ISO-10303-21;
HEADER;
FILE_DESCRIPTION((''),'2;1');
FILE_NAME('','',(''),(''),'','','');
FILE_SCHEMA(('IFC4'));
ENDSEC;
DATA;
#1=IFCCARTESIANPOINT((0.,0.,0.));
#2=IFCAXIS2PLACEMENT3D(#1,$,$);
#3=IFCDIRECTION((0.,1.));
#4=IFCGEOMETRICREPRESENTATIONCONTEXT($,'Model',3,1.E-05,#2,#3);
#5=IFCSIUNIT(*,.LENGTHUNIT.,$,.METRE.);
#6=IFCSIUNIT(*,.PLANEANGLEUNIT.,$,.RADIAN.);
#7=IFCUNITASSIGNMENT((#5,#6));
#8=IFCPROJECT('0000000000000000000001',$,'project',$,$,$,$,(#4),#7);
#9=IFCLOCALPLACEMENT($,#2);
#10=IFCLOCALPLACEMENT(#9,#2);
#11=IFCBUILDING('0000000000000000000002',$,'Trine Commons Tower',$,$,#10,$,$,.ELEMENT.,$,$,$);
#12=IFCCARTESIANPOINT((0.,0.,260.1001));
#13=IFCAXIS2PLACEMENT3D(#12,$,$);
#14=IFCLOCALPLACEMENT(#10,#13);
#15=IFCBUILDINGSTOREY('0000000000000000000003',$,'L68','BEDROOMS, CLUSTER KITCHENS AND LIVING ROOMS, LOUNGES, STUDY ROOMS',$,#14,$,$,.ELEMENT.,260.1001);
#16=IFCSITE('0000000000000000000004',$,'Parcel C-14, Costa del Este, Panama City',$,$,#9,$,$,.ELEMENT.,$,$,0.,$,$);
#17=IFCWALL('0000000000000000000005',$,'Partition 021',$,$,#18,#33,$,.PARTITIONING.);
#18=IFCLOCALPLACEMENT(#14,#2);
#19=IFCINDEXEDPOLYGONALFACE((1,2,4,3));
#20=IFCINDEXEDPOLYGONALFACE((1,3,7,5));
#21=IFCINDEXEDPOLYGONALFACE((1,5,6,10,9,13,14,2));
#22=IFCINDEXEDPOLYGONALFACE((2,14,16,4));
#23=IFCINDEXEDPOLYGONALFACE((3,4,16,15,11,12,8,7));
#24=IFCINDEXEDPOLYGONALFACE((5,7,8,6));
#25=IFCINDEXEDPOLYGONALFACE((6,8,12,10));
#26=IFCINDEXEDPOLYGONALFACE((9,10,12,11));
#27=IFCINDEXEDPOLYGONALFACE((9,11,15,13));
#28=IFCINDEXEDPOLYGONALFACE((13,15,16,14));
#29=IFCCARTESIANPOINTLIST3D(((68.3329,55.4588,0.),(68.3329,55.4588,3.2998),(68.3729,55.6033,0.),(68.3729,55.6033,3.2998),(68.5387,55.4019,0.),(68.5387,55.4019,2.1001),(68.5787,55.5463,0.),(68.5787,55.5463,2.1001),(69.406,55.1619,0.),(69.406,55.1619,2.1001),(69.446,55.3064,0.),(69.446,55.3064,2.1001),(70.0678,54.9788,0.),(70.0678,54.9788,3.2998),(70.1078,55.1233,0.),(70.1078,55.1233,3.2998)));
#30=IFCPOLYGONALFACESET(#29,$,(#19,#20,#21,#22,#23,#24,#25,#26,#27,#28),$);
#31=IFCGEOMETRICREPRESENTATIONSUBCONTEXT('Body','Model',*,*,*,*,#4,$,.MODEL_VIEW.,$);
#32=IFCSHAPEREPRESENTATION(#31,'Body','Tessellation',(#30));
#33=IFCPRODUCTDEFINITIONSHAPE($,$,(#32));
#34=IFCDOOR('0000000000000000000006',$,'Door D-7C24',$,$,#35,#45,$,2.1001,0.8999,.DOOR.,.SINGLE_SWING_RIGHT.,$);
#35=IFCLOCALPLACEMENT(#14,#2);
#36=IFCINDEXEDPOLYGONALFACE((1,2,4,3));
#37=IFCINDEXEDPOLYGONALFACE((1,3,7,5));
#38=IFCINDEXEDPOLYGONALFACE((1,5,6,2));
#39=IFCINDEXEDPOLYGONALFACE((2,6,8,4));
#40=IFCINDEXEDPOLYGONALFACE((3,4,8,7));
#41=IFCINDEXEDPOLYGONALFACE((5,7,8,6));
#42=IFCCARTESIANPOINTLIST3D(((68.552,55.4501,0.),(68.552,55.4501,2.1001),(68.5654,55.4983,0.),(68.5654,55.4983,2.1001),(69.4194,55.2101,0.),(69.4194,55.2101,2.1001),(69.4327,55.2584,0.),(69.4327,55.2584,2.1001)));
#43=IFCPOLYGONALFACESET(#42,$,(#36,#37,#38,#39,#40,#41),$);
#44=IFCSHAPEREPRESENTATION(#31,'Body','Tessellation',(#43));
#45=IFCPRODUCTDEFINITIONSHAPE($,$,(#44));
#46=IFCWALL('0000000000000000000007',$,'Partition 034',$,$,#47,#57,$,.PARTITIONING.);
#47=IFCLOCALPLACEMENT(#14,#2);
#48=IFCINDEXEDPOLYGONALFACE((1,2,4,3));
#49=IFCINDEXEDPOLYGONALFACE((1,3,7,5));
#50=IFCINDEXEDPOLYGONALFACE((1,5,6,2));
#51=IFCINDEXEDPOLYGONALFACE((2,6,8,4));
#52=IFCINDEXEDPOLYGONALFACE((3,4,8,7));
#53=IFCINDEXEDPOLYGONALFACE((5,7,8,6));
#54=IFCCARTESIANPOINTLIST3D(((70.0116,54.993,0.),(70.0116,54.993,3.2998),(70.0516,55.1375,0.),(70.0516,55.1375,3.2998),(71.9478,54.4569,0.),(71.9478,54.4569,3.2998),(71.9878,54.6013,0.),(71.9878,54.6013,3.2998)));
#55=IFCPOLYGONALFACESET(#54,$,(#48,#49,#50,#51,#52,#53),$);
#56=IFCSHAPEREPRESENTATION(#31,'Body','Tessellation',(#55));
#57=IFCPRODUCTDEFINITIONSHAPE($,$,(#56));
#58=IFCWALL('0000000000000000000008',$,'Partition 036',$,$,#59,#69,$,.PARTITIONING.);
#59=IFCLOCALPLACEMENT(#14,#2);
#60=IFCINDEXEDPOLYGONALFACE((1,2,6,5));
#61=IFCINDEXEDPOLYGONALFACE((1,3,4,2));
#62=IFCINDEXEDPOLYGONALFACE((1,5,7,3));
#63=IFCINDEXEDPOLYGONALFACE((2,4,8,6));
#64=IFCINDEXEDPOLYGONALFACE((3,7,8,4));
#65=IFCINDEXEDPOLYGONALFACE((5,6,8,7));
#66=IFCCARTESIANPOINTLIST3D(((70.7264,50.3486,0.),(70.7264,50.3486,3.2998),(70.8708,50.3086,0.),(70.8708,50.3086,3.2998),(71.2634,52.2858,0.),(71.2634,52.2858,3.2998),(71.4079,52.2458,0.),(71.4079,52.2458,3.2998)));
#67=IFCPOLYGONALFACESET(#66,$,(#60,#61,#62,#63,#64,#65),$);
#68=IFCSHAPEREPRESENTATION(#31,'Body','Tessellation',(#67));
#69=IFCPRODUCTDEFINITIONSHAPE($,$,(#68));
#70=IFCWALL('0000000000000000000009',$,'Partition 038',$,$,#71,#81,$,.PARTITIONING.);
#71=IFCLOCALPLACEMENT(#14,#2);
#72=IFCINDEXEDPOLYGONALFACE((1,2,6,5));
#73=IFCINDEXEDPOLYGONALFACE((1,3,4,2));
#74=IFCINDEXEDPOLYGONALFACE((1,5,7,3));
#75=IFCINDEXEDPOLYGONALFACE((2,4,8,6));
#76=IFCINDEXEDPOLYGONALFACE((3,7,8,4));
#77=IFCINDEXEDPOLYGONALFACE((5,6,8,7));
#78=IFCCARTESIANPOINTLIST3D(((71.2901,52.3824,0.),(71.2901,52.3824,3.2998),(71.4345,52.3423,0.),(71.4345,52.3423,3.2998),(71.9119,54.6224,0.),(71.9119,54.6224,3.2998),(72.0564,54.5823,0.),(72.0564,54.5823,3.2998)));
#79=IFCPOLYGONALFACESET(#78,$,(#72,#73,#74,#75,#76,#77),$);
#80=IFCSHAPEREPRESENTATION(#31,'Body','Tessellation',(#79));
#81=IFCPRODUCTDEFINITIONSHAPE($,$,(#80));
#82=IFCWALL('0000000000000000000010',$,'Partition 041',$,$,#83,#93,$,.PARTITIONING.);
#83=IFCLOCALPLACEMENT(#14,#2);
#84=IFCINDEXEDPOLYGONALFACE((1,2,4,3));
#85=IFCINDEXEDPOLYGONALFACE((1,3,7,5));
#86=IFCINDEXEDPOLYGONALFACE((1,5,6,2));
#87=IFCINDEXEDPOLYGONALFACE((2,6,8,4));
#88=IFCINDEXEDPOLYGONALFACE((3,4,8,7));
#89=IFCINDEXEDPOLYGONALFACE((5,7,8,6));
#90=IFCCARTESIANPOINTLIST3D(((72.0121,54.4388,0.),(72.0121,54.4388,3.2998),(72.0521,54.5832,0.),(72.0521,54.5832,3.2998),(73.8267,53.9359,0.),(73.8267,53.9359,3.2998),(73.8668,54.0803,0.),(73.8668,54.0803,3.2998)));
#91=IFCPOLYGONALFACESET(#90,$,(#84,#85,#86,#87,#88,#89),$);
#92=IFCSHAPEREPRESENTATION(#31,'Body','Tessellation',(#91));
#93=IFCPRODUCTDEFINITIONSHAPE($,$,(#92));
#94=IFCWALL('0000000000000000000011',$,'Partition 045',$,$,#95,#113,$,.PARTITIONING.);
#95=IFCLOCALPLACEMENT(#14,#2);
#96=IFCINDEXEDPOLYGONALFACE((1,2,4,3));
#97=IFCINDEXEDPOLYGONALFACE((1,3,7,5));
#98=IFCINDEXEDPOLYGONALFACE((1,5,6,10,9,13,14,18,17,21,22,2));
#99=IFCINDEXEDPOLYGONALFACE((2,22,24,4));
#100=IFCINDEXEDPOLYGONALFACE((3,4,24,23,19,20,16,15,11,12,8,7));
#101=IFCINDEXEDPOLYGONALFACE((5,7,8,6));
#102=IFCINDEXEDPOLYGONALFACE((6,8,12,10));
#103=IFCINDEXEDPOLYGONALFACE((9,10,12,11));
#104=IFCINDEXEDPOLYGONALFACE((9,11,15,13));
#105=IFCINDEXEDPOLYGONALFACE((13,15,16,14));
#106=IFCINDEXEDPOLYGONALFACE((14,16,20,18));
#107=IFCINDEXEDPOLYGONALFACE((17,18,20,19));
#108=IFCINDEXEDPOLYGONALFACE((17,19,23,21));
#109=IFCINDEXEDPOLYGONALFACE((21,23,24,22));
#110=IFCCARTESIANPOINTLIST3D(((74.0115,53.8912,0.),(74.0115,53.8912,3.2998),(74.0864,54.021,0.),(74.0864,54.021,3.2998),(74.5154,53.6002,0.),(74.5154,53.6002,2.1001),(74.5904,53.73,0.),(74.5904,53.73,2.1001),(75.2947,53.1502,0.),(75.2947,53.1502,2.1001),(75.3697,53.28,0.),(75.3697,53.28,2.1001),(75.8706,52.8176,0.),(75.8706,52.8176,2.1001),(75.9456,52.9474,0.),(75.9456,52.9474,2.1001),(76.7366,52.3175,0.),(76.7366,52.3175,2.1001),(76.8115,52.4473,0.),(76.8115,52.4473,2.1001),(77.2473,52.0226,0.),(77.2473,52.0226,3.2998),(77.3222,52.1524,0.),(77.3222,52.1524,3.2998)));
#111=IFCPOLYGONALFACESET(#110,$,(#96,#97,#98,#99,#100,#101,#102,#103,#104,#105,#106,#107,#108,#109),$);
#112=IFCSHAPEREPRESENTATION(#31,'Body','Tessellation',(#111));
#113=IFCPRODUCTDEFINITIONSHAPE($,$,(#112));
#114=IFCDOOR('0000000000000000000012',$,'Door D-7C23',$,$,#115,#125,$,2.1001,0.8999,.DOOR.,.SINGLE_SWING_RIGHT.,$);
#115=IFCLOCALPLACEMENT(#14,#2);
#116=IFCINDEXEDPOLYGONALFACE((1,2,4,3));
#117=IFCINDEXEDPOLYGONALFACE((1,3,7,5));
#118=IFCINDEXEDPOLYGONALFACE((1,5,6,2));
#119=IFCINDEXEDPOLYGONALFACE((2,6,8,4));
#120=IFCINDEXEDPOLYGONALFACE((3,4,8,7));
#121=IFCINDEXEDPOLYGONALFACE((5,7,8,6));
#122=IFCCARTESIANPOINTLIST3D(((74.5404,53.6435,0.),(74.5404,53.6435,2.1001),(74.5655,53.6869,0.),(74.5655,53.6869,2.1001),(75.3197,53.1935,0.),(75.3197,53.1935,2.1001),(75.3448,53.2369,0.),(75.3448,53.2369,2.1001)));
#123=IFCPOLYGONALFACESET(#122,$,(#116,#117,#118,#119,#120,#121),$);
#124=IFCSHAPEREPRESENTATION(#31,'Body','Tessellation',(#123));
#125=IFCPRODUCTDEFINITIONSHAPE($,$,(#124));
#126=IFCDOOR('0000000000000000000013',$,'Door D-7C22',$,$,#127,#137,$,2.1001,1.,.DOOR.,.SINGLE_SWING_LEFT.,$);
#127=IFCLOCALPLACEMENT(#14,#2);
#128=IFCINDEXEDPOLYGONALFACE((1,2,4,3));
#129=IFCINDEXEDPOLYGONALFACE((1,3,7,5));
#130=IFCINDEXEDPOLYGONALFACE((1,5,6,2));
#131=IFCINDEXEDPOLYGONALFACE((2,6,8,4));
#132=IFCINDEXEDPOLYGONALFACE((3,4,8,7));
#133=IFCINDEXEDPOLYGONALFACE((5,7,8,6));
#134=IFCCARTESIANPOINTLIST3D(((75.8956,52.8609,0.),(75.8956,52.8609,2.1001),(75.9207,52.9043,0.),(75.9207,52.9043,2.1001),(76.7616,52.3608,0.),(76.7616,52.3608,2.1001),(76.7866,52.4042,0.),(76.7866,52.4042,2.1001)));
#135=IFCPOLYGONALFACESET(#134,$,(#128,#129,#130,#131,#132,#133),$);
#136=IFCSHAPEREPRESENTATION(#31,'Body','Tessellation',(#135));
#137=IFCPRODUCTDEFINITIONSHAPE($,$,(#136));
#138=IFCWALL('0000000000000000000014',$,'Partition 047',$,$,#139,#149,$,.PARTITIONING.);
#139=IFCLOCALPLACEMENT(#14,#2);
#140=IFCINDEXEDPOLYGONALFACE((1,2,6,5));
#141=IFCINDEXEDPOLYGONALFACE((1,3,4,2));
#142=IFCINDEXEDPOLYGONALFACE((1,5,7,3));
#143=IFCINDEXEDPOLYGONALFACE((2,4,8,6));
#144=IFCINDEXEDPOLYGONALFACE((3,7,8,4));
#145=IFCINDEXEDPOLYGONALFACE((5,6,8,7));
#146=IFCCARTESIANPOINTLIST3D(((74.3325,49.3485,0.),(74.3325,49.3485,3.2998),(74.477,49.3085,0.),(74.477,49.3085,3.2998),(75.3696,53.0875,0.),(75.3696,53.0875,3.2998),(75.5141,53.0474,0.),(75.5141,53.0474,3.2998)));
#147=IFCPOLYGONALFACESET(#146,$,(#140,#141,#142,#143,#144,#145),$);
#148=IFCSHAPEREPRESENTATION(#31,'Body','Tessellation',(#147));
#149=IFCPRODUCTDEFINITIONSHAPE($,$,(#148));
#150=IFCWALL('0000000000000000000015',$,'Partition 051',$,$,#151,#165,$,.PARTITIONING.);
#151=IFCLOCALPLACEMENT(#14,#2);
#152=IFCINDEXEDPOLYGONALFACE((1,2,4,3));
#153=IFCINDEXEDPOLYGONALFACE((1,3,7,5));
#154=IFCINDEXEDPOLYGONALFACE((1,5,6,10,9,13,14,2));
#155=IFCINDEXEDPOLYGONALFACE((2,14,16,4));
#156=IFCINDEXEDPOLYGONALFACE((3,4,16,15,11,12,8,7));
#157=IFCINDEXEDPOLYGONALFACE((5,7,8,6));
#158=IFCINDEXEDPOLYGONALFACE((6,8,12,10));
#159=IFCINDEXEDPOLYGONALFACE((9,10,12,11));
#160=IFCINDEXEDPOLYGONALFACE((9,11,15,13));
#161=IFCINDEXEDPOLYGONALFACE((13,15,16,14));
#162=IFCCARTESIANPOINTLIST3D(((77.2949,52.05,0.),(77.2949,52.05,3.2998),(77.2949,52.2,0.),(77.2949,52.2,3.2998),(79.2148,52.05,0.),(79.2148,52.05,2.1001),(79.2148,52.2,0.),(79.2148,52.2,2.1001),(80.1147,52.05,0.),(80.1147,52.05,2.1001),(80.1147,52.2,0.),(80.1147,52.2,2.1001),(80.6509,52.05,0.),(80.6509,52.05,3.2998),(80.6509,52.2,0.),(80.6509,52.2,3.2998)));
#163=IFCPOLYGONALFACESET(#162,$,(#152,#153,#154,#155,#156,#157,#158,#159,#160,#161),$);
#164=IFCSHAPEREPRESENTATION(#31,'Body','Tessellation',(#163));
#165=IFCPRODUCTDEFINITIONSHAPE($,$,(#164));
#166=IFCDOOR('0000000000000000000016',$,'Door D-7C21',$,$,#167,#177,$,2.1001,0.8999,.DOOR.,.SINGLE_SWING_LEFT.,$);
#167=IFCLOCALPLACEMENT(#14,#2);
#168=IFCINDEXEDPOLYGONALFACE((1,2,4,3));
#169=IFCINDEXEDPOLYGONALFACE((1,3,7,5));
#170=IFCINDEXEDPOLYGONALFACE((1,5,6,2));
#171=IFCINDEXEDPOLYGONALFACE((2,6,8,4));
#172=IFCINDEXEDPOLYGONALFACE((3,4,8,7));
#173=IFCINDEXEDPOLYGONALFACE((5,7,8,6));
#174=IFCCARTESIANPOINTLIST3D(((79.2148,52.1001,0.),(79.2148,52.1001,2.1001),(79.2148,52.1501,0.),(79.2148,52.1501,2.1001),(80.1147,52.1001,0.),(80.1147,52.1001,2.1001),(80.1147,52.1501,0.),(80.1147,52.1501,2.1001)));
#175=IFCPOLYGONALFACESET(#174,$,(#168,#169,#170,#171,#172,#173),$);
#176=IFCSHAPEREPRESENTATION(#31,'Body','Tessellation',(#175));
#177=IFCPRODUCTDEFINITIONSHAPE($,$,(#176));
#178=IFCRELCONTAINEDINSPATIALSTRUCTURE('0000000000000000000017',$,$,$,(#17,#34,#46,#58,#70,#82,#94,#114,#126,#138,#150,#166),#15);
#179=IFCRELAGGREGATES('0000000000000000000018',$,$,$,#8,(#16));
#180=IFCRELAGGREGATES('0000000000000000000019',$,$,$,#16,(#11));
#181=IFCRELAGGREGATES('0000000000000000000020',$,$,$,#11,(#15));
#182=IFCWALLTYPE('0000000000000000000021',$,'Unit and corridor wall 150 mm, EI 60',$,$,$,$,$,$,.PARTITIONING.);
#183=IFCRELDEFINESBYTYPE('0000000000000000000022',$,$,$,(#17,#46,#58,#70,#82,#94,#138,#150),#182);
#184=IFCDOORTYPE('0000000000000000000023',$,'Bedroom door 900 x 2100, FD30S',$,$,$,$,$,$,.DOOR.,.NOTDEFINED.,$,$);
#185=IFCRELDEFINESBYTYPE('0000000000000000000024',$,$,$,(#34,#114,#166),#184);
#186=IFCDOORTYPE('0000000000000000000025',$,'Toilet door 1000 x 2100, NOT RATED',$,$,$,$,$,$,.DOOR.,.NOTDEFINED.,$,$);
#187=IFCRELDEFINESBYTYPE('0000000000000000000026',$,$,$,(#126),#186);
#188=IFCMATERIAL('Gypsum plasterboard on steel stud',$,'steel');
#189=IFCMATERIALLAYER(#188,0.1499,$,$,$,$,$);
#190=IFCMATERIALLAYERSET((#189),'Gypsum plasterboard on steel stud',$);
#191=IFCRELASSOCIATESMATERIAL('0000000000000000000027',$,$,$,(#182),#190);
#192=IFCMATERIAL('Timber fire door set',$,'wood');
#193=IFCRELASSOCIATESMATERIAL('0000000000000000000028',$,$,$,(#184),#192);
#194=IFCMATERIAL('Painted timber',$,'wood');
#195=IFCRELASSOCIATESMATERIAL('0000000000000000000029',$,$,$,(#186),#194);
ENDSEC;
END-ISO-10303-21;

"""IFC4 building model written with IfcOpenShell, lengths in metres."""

from ifc_helpers import new_model, si_unit, direction, frame, frame_2d, origin, place, context, subcontext, project, spatial, rectangle, extrude, material, layer, layer_set, type_object, element, fill, save


model = new_model("IFC4")

# Units and contexts
model_context = context("Model", 3, precision=1e-05, world=origin(), true_north=direction((0.0, 1.0)))
body_context = subcontext(model_context, "Body", "Model", "MODEL_VIEW")
ifc_project = project(units=[si_unit("LENGTHUNIT", "METRE"), si_unit("PLANEANGLEUNIT", "RADIAN")], contexts=[model_context])

# Site, building, storey
site_placement = place(None, origin())
site = spatial("IfcSite", under=ifc_project, at=site_placement, Name="Parcel C-14, Costa del Este, Panama City", CompositionType="ELEMENT", RefElevation=0.0)
building_placement = place(site_placement, origin())
building = spatial("IfcBuilding", under=site, at=building_placement, Name="Trine Commons Tower", CompositionType="ELEMENT")
storey_placement = place(building_placement, frame((0.0, 0.0, 260.1001)))
storey = spatial("IfcBuildingStorey", under=building, at=storey_placement, Name="L68", Description="BEDROOMS, CLUSTER KITCHENS AND LIVING ROOMS, LOUNGES, STUDY ROOMS", CompositionType="ELEMENT", Elevation=260.1001)

# Shared definitions
ifc_material_1 = material(Name="Gypsum plasterboard on steel stud", Category="steel")
ifc_layer_1 = layer(ifc_material_1, 0.1499)
ifc_layer_set_1 = layer_set([ifc_layer_1], Name="Gypsum plasterboard on steel stud")
wall_type_1 = type_object("IfcWallType", Name="Unit and corridor wall 150 mm, EI 60", PredefinedType="PARTITIONING", material=ifc_layer_set_1)

# Wall, opening, door
wall_1_placement = place(storey_placement, frame((68.353, 55.531, 0.0), z_axis=(0.0, 0.0, 1.0), x_axis=(0.963793, -0.26665, 0.0)))
wall_1 = element("IfcWall", 1, at=wall_1_placement, inside=storey, type_object=wall_type_1, Name="Partition 021", PredefinedType="PARTITIONING", context=body_context, shape_type="SweptSolid", body=[
    extrude(rectangle(XDim=1.8, YDim=0.1499, at=frame_2d((0.8999, 0.0))), origin(), (0.0, 0.0, 1.0), 3.2998),
])
opening_1_placement = place(wall_1_placement, frame((0.2134, 0.0, 0.0)))
opening_1 = element("IfcOpeningElement", 2, at=opening_1_placement, cuts=wall_1, PredefinedType="OPENING", context=body_context, shape_type="SweptSolid", body=[
    extrude(rectangle(XDim=0.8999, YDim=2.1001, at=frame_2d((0.45, 1.05))), frame((0.0, 0.085, 0.0), z_axis=(0.0, -1.0, 0.0), x_axis=(1.0, 0.0, 0.0)), (0.0, 0.0, 1.0), 0.1699),
])
ifc_material_2 = material(Name="Timber fire door set", Category="wood")
door_type_1 = type_object("IfcDoorType", Name="Bedroom door 900 x 2100, FD30S", OperationType="NOTDEFINED", PredefinedType="DOOR", material=ifc_material_2)
door_1_placement = place(opening_1_placement, frame((0.8999, 0.0, 0.0), z_axis=(0.0, 0.0, 1.0), x_axis=(-1.0, 0.0, 0.0)))
door_1 = element("IfcDoor", 3, at=door_1_placement, inside=storey, type_object=door_type_1, Name="Door D-7C24", OperationType="SINGLE_SWING_RIGHT", OverallHeight=2.1001, OverallWidth=0.8999, PredefinedType="DOOR", context=body_context, shape_type="SweptSolid", body=[
    extrude(rectangle(XDim=0.8999, YDim=2.1001, at=frame_2d((0.45, 1.05))), frame((0.0, 0.0249, 0.0), z_axis=(0.0, -1.0, 0.0), x_axis=(1.0, 0.0, 0.0)), (0.0, 0.0, 1.0), 0.05),
])
fill(opening_1, door_1)

# Walls
wall_2_placement = place(storey_placement, frame((70.0317, 55.0652, 0.0), z_axis=(0.0, 0.0, 1.0), x_axis=(0.963739, -0.266848, 0.0)))
element("IfcWall", 4, at=wall_2_placement, inside=storey, type_object=wall_type_1, Name="Partition 034", PredefinedType="PARTITIONING", context=body_context, shape_type="SweptSolid", body=[
    extrude(rectangle(XDim=2.009, YDim=0.1499, at=frame_2d((1.0044, 0.0))), origin(), (0.0, 0.0, 1.0), 3.2998),
])
wall_3_placement = place(storey_placement, frame((70.7986, 50.3286, 0.0), z_axis=(0.0, 0.0, 1.0), x_axis=(0.267174, 0.963648, 0.0)))
element("IfcWall", 5, at=wall_3_placement, inside=storey, type_object=wall_type_1, Name="Partition 036", PredefinedType="PARTITIONING", context=body_context, shape_type="SweptSolid", body=[
    extrude(rectangle(XDim=2.0103, YDim=0.1499, at=frame_2d((1.0051, 0.0))), origin(), (0.0, 0.0, 1.0), 3.2998),
])
wall_4_placement = place(storey_placement, frame((71.3623, 52.3623, 0.0), z_axis=(0.0, 0.0, 1.0), x_axis=(0.267487, 0.963562, 0.0)))
element("IfcWall", 6, at=wall_4_placement, inside=storey, type_object=wall_type_1, Name="Partition 038", PredefinedType="PARTITIONING", context=body_context, shape_type="SweptSolid", body=[
    extrude(rectangle(XDim=2.3247, YDim=0.1499, at=frame_2d((1.1624, 0.0))), origin(), (0.0, 0.0, 1.0), 3.2998),
])
wall_5_placement = place(storey_placement, frame((72.0322, 54.511, 0.0), z_axis=(0.0, 0.0, 1.0), x_axis=(0.963676, -0.267075, 0.0)))
element("IfcWall", 7, at=wall_5_placement, inside=storey, type_object=wall_type_1, Name="Partition 041", PredefinedType="PARTITIONING", context=body_context, shape_type="SweptSolid", body=[
    extrude(rectangle(XDim=1.8831, YDim=0.1499, at=frame_2d((0.9414, 0.0))), origin(), (0.0, 0.0, 1.0), 3.2998),
])

# Wall, openings, doors
wall_6_placement = place(storey_placement, frame((74.0491, 53.9561, 0.0), z_axis=(0.0, 0.0, 1.0), x_axis=(0.865974, -0.500088, 0.0)))
wall_6 = element("IfcWall", 8, at=wall_6_placement, inside=storey, type_object=wall_type_1, Name="Partition 045", PredefinedType="PARTITIONING", context=body_context, shape_type="SweptSolid", body=[
    extrude(rectangle(XDim=3.7366, YDim=0.1499, at=frame_2d((1.8682, 0.0))), origin(), (0.0, 0.0, 1.0), 3.2998),
])
opening_2_placement = place(wall_6_placement, frame((2.1467, 0.0, 0.0)))
opening_2 = element("IfcOpeningElement", 9, at=opening_2_placement, cuts=wall_6, PredefinedType="OPENING", context=body_context, shape_type="SweptSolid", body=[
    extrude(rectangle(XDim=1.0, YDim=2.1001, at=frame_2d((0.5, 1.05))), frame((0.0, 0.085, 0.0), z_axis=(0.0, -1.0, 0.0), x_axis=(1.0, 0.0, 0.0)), (0.0, 0.0, 1.0), 0.1699),
])
opening_3_placement = place(wall_6_placement, frame((0.5818, 0.0, 0.0)))
opening_3 = element("IfcOpeningElement", 10, at=opening_3_placement, cuts=wall_6, PredefinedType="OPENING", context=body_context, shape_type="SweptSolid", body=[
    extrude(rectangle(XDim=0.8999, YDim=2.1001, at=frame_2d((0.45, 1.05))), frame((0.0, 0.085, 0.0), z_axis=(0.0, -1.0, 0.0), x_axis=(1.0, 0.0, 0.0)), (0.0, 0.0, 1.0), 0.1699),
])
door_2_placement = place(opening_3_placement, frame((0.8999, 0.0, 0.0), z_axis=(0.0, 0.0, 1.0), x_axis=(-1.0, 0.0, 0.0)))
door_2 = element("IfcDoor", 11, at=door_2_placement, inside=storey, type_object=door_type_1, Name="Door D-7C23", OperationType="SINGLE_SWING_RIGHT", OverallHeight=2.1001, OverallWidth=0.8999, PredefinedType="DOOR", context=body_context, shape_type="SweptSolid", body=[
    extrude(rectangle(XDim=0.8999, YDim=2.1001, at=frame_2d((0.45, 1.05))), frame((0.0, 0.0249, 0.0), z_axis=(0.0, -1.0, 0.0), x_axis=(1.0, 0.0, 0.0)), (0.0, 0.0, 1.0), 0.05),
])
fill(opening_3, door_2)
ifc_material_3 = material(Name="Painted timber", Category="wood")
door_type_2 = type_object("IfcDoorType", Name="Toilet door 1000 x 2100, NOT RATED", OperationType="NOTDEFINED", PredefinedType="DOOR", material=ifc_material_3)
door_3_placement = place(opening_2_placement, frame((1.0, 0.0, 0.0), z_axis=(0.0, 0.0, 1.0), x_axis=(-1.0, 0.0, 0.0)))
door_3 = element("IfcDoor", 12, at=door_3_placement, inside=storey, type_object=door_type_2, Name="Door D-7C22", OperationType="SINGLE_SWING_LEFT", OverallHeight=2.1001, OverallWidth=1.0, PredefinedType="DOOR", context=body_context, shape_type="SweptSolid", body=[
    extrude(rectangle(XDim=1.0, YDim=2.1001, at=frame_2d((0.5, 1.05))), frame((0.0, 0.0249, 0.0), z_axis=(0.0, -1.0, 0.0), x_axis=(1.0, 0.0, 0.0)), (0.0, 0.0, 1.0), 0.05),
])
fill(opening_2, door_3)

# Wall
wall_7_placement = place(storey_placement, frame((74.4048, 49.3286, 0.0), z_axis=(0.0, 0.0, 1.0), x_axis=(0.267284, 0.963618, 0.0)))
element("IfcWall", 13, at=wall_7_placement, inside=storey, type_object=wall_type_1, Name="Partition 047", PredefinedType="PARTITIONING", context=body_context, shape_type="SweptSolid", body=[
    extrude(rectangle(XDim=3.8801, YDim=0.1499, at=frame_2d((1.9399, 0.0))), origin(), (0.0, 0.0, 1.0), 3.2998),
])

# Wall, opening, door
wall_8_placement = place(storey_placement, frame((77.2949, 52.125, 0.0), z_axis=(0.0, 0.0, 1.0), x_axis=(1.0, 0.0, 0.0)))
wall_8 = element("IfcWall", 14, at=wall_8_placement, inside=storey, type_object=wall_type_1, Name="Partition 051", PredefinedType="PARTITIONING", context=body_context, shape_type="SweptSolid", body=[
    extrude(rectangle(XDim=3.356, YDim=0.1499, at=frame_2d((1.678, 0.0))), origin(), (0.0, 0.0, 1.0), 3.2998),
])
opening_4_placement = place(wall_8_placement, frame((1.9199, 0.0, 0.0)))
opening_4 = element("IfcOpeningElement", 15, at=opening_4_placement, cuts=wall_8, PredefinedType="OPENING", context=body_context, shape_type="SweptSolid", body=[
    extrude(rectangle(XDim=0.8999, YDim=2.1001, at=frame_2d((0.45, 1.05))), frame((0.0, 0.085, 0.0), z_axis=(0.0, -1.0, 0.0), x_axis=(1.0, 0.0, 0.0)), (0.0, 0.0, 1.0), 0.1699),
])
door_4_placement = place(opening_4_placement, frame((0.8999, 0.0, 0.0), z_axis=(0.0, 0.0, 1.0), x_axis=(-1.0, 0.0, 0.0)))
door_4 = element("IfcDoor", 16, at=door_4_placement, inside=storey, type_object=door_type_1, Name="Door D-7C21", OperationType="SINGLE_SWING_LEFT", OverallHeight=2.1001, OverallWidth=0.8999, PredefinedType="DOOR", context=body_context, shape_type="SweptSolid", body=[
    extrude(rectangle(XDim=0.8999, YDim=2.1001, at=frame_2d((0.45, 1.05))), frame((0.0, 0.0249, 0.0), z_axis=(0.0, -1.0, 0.0), x_axis=(1.0, 0.0, 0.0)), (0.0, 0.0, 1.0), 0.05),
])
fill(opening_4, door_4)

save(model, "model.ifc")
